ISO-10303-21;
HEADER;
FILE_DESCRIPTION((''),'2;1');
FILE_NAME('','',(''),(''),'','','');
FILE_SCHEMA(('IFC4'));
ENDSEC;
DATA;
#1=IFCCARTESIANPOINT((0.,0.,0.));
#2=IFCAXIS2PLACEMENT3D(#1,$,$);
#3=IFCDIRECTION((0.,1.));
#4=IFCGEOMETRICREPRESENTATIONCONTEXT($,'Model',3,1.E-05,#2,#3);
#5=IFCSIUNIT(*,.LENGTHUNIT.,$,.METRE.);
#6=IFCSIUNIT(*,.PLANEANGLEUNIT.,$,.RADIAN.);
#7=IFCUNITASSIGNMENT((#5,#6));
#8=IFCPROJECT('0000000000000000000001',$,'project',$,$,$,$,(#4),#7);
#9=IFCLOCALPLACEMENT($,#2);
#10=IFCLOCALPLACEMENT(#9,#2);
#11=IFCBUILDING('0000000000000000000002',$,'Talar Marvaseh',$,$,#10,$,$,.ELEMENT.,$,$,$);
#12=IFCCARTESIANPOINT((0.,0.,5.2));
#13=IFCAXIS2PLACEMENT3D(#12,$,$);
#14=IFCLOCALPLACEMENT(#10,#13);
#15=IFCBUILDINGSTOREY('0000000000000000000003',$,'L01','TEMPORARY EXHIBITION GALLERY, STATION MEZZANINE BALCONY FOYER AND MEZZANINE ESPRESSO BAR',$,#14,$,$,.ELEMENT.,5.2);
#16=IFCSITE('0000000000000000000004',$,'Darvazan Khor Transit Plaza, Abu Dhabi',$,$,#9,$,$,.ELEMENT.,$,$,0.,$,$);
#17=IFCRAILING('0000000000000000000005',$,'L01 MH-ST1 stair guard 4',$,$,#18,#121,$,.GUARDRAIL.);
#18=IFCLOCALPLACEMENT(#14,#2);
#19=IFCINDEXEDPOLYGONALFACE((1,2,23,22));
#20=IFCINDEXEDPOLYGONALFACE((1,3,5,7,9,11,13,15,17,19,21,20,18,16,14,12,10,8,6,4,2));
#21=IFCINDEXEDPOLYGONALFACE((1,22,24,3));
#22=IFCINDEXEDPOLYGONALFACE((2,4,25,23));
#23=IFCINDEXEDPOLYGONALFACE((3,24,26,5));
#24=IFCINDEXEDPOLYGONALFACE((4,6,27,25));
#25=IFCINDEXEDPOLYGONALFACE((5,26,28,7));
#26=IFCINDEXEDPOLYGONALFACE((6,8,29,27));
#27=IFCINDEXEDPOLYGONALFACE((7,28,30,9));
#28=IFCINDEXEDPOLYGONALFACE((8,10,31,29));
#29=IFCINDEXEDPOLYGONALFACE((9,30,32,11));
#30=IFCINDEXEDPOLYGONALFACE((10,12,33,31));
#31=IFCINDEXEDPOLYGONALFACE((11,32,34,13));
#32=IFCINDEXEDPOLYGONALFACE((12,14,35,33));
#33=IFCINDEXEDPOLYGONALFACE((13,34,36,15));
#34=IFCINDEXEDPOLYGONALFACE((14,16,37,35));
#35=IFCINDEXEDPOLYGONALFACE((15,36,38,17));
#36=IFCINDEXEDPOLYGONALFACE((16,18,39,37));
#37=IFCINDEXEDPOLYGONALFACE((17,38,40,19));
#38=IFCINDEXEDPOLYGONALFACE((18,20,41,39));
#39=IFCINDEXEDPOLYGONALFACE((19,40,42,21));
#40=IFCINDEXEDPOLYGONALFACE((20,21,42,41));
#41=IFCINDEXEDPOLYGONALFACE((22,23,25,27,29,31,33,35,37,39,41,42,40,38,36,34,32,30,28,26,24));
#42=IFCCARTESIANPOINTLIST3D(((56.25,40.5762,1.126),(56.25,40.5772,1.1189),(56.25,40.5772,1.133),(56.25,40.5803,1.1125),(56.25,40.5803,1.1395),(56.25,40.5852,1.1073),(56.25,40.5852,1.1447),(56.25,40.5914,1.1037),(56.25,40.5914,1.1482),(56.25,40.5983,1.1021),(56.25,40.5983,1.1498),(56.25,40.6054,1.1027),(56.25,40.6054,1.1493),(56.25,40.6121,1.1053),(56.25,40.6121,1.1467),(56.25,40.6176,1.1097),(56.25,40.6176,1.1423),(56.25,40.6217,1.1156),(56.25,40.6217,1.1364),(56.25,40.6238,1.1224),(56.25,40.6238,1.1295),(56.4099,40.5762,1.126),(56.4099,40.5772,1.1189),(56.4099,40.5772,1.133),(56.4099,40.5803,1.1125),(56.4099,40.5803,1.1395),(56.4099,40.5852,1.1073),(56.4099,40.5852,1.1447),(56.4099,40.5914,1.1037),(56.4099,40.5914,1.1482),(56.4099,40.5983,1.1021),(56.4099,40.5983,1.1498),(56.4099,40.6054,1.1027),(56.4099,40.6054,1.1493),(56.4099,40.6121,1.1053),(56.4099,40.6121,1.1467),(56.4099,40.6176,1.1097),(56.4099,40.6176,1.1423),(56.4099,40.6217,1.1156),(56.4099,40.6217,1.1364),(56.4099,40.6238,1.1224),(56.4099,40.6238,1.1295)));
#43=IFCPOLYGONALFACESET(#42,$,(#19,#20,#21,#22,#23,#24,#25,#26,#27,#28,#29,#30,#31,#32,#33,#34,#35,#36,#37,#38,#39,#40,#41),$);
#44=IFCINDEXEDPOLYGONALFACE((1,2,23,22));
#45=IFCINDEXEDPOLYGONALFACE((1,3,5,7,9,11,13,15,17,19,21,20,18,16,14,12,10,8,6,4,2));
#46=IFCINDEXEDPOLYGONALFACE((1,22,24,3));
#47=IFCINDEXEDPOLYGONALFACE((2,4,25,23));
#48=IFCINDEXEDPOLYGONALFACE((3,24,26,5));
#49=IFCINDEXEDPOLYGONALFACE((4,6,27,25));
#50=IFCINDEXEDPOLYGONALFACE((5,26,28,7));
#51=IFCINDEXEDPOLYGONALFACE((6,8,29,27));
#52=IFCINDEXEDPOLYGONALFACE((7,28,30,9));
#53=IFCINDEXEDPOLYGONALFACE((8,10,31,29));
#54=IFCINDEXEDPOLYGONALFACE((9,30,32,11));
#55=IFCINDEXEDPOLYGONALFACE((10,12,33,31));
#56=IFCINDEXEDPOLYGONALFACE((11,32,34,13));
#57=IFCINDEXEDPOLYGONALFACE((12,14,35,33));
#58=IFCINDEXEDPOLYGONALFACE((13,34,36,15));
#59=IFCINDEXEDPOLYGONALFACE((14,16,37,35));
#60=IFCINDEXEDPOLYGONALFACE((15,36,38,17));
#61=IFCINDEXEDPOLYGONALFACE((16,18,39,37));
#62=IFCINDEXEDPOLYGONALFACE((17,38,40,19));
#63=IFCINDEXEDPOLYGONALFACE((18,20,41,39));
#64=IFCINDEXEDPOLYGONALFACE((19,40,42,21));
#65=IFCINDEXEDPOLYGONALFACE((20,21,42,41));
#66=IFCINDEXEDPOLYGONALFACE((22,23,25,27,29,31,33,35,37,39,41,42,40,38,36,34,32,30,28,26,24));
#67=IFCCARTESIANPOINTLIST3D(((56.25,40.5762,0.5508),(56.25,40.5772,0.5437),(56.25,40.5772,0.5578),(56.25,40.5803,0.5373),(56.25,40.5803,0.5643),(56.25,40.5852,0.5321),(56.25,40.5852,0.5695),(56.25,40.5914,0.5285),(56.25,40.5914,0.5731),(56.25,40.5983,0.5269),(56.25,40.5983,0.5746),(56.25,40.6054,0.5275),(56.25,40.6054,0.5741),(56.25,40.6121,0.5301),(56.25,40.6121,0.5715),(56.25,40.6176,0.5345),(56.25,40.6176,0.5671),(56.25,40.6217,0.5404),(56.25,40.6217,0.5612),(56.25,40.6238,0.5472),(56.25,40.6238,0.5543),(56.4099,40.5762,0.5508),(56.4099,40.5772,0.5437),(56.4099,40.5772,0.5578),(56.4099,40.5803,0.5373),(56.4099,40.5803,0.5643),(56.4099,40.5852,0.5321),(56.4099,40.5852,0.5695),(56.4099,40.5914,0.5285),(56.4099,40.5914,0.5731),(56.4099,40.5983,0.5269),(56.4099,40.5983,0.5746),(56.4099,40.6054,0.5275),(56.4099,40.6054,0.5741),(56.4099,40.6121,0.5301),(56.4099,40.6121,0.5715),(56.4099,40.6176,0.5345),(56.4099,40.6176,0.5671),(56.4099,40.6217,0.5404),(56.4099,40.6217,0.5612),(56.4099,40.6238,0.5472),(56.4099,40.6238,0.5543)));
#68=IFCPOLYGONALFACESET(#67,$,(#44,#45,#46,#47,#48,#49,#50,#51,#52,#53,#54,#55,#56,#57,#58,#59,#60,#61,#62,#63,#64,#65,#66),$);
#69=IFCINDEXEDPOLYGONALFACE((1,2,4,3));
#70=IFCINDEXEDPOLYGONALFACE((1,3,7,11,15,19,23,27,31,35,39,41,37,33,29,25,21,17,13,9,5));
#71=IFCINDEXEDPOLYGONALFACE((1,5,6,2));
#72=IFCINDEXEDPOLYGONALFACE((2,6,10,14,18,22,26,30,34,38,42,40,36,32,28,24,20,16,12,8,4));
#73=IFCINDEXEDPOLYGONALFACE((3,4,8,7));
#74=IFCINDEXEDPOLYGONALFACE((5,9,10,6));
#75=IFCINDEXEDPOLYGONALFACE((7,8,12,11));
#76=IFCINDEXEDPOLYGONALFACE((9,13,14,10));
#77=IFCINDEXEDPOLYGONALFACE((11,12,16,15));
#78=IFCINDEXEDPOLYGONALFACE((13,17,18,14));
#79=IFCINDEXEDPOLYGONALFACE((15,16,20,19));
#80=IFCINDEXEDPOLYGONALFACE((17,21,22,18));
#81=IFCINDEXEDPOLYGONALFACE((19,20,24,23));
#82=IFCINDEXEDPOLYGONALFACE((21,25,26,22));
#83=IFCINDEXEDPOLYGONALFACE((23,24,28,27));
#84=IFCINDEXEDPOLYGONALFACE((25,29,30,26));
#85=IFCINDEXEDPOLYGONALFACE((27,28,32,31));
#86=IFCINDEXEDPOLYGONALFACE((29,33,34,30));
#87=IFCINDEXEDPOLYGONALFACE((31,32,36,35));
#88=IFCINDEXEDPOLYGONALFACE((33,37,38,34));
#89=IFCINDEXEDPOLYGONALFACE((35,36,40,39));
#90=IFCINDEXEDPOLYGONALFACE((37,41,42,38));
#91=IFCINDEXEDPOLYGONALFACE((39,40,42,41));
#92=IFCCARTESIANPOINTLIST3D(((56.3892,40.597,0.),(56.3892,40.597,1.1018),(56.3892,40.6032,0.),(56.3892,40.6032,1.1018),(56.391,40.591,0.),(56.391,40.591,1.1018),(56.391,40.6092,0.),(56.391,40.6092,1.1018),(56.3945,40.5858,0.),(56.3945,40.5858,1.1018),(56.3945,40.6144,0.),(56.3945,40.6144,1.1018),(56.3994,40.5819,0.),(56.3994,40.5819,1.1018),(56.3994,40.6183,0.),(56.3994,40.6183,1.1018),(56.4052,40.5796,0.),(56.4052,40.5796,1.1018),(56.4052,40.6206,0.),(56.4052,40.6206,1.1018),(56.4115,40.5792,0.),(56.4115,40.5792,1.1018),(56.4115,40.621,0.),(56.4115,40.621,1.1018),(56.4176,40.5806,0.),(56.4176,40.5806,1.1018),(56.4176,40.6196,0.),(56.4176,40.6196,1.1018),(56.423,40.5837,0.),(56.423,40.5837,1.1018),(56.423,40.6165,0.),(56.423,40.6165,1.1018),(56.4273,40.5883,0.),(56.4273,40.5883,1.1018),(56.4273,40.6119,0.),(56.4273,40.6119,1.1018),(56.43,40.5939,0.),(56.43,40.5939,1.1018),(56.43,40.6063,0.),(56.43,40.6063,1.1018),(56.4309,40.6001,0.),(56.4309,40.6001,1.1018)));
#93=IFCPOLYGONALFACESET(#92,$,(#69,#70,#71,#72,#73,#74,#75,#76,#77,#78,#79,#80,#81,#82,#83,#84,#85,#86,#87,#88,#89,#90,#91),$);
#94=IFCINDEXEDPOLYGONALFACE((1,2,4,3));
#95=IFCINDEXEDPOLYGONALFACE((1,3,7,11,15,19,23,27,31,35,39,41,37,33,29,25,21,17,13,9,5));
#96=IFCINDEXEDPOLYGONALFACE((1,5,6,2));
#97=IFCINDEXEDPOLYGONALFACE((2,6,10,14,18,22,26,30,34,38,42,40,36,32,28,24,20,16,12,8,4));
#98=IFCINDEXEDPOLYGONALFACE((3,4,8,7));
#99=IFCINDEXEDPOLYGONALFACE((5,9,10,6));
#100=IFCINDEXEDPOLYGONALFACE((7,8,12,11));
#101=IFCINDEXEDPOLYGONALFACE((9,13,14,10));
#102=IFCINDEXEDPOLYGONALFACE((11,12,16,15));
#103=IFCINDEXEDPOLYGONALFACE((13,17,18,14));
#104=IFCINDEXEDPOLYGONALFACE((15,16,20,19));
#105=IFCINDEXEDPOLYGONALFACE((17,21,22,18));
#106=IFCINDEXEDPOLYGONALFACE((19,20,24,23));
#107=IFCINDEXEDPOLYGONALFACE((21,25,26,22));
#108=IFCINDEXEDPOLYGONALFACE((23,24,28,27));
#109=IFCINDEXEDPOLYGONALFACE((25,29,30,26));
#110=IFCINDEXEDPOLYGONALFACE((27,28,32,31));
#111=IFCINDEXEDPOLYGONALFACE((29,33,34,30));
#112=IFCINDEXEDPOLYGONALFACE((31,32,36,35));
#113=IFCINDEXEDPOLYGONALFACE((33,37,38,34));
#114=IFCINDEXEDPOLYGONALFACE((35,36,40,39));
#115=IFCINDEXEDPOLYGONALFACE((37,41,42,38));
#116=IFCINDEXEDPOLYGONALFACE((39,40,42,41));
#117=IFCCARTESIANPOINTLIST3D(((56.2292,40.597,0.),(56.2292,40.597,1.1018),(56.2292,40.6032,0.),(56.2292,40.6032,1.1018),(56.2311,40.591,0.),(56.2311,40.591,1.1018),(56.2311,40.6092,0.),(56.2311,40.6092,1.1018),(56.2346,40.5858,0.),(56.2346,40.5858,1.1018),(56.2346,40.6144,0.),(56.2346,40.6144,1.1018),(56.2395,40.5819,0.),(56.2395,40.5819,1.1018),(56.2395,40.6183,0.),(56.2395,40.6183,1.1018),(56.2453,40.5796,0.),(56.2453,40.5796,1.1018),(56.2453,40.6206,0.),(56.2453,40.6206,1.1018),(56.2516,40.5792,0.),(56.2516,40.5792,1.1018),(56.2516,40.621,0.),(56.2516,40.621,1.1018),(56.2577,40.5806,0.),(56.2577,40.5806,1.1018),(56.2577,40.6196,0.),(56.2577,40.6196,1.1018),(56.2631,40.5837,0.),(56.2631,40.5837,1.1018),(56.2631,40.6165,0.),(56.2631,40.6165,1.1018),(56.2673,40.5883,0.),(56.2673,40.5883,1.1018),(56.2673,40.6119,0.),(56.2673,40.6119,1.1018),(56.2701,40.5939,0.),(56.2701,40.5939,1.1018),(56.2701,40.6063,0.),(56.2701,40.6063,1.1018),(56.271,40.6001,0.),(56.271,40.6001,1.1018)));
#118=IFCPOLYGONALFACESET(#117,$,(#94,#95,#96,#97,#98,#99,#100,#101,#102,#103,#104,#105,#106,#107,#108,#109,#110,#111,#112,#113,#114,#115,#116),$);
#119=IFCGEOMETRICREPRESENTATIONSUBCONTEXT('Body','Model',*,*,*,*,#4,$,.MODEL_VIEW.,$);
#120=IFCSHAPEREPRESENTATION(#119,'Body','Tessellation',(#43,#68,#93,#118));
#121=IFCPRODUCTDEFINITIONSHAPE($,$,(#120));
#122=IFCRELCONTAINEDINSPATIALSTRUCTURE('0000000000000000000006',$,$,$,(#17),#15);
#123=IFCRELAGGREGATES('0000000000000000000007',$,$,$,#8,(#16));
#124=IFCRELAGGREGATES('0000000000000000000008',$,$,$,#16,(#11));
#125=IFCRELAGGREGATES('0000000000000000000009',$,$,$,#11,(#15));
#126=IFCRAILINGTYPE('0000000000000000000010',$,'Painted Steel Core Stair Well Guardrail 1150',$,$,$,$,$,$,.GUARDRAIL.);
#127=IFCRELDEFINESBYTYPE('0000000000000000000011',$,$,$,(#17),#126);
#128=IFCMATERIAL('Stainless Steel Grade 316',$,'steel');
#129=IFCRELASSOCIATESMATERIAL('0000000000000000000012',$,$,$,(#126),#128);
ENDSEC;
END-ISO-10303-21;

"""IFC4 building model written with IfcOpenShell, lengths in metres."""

from ifc_helpers import new_model, si_unit, direction, frame, origin, origin_2d, place, context, subcontext, project, spatial, circle, extrude, material, type_object, element, save


model = new_model("IFC4")

# Units and contexts
model_context = context("Model", 3, precision=1e-05, world=origin(), true_north=direction((0.0, 1.0)))
body_context = subcontext(model_context, "Body", "Model", "MODEL_VIEW")
ifc_project = project(units=[si_unit("LENGTHUNIT", "METRE"), si_unit("PLANEANGLEUNIT", "RADIAN")], contexts=[model_context])

# Site, building, storey
site_placement = place(None, origin())
site = spatial("IfcSite", under=ifc_project, at=site_placement, Name="Darvazan Khor Transit Plaza, Abu Dhabi", CompositionType="ELEMENT", RefElevation=0.0)
building_placement = place(site_placement, origin())
building = spatial("IfcBuilding", under=site, at=building_placement, Name="Talar Marvaseh", CompositionType="ELEMENT")
storey_placement = place(building_placement, frame((0.0, 0.0, 5.2)))
storey = spatial("IfcBuildingStorey", under=building, at=storey_placement, Name="L01", Description="TEMPORARY EXHIBITION GALLERY, STATION MEZZANINE BALCONY FOYER AND MEZZANINE ESPRESSO BAR", CompositionType="ELEMENT", Elevation=5.2)

# Railing
ifc_material_1 = material(Name="Stainless Steel Grade 316", Category="steel")
railing_type_1 = type_object("IfcRailingType", Name="Painted Steel Core Stair Well Guardrail 1150", PredefinedType="GUARDRAIL", material=ifc_material_1)
railing_1_placement = place(storey_placement, frame((56.4099, 40.6001, 0.0)))
element("IfcRailing", 1, at=railing_1_placement, inside=storey, type_object=railing_type_1, Name="L01 MH-ST1 stair guard 4", PredefinedType="GUARDRAIL", context=body_context, shape_type="SweptSolid", body=[
    extrude(circle(Radius=0.0239, at=origin_2d()), frame((0.0, 0.0, 1.126), z_axis=(-1.0, 0.0, 0.0), x_axis=(0.0, -1.0, 0.0)), (0.0, 0.0, 1.0), 0.1599),
    extrude(circle(Radius=0.0239, at=origin_2d()), frame((0.0, 0.0, 0.5508), z_axis=(-1.0, 0.0, 0.0), x_axis=(0.0, -1.0, 0.0)), (0.0, 0.0, 1.0), 0.1599),
    extrude(circle(Radius=0.021, at=origin_2d()), origin(), (0.0, 0.0, 1.0), 1.1018),
    extrude(circle(Radius=0.021, at=origin_2d()), frame((-0.1599, 0.0, 0.0)), (0.0, 0.0, 1.0), 1.1018),
])

save(model, "model.ifc")
